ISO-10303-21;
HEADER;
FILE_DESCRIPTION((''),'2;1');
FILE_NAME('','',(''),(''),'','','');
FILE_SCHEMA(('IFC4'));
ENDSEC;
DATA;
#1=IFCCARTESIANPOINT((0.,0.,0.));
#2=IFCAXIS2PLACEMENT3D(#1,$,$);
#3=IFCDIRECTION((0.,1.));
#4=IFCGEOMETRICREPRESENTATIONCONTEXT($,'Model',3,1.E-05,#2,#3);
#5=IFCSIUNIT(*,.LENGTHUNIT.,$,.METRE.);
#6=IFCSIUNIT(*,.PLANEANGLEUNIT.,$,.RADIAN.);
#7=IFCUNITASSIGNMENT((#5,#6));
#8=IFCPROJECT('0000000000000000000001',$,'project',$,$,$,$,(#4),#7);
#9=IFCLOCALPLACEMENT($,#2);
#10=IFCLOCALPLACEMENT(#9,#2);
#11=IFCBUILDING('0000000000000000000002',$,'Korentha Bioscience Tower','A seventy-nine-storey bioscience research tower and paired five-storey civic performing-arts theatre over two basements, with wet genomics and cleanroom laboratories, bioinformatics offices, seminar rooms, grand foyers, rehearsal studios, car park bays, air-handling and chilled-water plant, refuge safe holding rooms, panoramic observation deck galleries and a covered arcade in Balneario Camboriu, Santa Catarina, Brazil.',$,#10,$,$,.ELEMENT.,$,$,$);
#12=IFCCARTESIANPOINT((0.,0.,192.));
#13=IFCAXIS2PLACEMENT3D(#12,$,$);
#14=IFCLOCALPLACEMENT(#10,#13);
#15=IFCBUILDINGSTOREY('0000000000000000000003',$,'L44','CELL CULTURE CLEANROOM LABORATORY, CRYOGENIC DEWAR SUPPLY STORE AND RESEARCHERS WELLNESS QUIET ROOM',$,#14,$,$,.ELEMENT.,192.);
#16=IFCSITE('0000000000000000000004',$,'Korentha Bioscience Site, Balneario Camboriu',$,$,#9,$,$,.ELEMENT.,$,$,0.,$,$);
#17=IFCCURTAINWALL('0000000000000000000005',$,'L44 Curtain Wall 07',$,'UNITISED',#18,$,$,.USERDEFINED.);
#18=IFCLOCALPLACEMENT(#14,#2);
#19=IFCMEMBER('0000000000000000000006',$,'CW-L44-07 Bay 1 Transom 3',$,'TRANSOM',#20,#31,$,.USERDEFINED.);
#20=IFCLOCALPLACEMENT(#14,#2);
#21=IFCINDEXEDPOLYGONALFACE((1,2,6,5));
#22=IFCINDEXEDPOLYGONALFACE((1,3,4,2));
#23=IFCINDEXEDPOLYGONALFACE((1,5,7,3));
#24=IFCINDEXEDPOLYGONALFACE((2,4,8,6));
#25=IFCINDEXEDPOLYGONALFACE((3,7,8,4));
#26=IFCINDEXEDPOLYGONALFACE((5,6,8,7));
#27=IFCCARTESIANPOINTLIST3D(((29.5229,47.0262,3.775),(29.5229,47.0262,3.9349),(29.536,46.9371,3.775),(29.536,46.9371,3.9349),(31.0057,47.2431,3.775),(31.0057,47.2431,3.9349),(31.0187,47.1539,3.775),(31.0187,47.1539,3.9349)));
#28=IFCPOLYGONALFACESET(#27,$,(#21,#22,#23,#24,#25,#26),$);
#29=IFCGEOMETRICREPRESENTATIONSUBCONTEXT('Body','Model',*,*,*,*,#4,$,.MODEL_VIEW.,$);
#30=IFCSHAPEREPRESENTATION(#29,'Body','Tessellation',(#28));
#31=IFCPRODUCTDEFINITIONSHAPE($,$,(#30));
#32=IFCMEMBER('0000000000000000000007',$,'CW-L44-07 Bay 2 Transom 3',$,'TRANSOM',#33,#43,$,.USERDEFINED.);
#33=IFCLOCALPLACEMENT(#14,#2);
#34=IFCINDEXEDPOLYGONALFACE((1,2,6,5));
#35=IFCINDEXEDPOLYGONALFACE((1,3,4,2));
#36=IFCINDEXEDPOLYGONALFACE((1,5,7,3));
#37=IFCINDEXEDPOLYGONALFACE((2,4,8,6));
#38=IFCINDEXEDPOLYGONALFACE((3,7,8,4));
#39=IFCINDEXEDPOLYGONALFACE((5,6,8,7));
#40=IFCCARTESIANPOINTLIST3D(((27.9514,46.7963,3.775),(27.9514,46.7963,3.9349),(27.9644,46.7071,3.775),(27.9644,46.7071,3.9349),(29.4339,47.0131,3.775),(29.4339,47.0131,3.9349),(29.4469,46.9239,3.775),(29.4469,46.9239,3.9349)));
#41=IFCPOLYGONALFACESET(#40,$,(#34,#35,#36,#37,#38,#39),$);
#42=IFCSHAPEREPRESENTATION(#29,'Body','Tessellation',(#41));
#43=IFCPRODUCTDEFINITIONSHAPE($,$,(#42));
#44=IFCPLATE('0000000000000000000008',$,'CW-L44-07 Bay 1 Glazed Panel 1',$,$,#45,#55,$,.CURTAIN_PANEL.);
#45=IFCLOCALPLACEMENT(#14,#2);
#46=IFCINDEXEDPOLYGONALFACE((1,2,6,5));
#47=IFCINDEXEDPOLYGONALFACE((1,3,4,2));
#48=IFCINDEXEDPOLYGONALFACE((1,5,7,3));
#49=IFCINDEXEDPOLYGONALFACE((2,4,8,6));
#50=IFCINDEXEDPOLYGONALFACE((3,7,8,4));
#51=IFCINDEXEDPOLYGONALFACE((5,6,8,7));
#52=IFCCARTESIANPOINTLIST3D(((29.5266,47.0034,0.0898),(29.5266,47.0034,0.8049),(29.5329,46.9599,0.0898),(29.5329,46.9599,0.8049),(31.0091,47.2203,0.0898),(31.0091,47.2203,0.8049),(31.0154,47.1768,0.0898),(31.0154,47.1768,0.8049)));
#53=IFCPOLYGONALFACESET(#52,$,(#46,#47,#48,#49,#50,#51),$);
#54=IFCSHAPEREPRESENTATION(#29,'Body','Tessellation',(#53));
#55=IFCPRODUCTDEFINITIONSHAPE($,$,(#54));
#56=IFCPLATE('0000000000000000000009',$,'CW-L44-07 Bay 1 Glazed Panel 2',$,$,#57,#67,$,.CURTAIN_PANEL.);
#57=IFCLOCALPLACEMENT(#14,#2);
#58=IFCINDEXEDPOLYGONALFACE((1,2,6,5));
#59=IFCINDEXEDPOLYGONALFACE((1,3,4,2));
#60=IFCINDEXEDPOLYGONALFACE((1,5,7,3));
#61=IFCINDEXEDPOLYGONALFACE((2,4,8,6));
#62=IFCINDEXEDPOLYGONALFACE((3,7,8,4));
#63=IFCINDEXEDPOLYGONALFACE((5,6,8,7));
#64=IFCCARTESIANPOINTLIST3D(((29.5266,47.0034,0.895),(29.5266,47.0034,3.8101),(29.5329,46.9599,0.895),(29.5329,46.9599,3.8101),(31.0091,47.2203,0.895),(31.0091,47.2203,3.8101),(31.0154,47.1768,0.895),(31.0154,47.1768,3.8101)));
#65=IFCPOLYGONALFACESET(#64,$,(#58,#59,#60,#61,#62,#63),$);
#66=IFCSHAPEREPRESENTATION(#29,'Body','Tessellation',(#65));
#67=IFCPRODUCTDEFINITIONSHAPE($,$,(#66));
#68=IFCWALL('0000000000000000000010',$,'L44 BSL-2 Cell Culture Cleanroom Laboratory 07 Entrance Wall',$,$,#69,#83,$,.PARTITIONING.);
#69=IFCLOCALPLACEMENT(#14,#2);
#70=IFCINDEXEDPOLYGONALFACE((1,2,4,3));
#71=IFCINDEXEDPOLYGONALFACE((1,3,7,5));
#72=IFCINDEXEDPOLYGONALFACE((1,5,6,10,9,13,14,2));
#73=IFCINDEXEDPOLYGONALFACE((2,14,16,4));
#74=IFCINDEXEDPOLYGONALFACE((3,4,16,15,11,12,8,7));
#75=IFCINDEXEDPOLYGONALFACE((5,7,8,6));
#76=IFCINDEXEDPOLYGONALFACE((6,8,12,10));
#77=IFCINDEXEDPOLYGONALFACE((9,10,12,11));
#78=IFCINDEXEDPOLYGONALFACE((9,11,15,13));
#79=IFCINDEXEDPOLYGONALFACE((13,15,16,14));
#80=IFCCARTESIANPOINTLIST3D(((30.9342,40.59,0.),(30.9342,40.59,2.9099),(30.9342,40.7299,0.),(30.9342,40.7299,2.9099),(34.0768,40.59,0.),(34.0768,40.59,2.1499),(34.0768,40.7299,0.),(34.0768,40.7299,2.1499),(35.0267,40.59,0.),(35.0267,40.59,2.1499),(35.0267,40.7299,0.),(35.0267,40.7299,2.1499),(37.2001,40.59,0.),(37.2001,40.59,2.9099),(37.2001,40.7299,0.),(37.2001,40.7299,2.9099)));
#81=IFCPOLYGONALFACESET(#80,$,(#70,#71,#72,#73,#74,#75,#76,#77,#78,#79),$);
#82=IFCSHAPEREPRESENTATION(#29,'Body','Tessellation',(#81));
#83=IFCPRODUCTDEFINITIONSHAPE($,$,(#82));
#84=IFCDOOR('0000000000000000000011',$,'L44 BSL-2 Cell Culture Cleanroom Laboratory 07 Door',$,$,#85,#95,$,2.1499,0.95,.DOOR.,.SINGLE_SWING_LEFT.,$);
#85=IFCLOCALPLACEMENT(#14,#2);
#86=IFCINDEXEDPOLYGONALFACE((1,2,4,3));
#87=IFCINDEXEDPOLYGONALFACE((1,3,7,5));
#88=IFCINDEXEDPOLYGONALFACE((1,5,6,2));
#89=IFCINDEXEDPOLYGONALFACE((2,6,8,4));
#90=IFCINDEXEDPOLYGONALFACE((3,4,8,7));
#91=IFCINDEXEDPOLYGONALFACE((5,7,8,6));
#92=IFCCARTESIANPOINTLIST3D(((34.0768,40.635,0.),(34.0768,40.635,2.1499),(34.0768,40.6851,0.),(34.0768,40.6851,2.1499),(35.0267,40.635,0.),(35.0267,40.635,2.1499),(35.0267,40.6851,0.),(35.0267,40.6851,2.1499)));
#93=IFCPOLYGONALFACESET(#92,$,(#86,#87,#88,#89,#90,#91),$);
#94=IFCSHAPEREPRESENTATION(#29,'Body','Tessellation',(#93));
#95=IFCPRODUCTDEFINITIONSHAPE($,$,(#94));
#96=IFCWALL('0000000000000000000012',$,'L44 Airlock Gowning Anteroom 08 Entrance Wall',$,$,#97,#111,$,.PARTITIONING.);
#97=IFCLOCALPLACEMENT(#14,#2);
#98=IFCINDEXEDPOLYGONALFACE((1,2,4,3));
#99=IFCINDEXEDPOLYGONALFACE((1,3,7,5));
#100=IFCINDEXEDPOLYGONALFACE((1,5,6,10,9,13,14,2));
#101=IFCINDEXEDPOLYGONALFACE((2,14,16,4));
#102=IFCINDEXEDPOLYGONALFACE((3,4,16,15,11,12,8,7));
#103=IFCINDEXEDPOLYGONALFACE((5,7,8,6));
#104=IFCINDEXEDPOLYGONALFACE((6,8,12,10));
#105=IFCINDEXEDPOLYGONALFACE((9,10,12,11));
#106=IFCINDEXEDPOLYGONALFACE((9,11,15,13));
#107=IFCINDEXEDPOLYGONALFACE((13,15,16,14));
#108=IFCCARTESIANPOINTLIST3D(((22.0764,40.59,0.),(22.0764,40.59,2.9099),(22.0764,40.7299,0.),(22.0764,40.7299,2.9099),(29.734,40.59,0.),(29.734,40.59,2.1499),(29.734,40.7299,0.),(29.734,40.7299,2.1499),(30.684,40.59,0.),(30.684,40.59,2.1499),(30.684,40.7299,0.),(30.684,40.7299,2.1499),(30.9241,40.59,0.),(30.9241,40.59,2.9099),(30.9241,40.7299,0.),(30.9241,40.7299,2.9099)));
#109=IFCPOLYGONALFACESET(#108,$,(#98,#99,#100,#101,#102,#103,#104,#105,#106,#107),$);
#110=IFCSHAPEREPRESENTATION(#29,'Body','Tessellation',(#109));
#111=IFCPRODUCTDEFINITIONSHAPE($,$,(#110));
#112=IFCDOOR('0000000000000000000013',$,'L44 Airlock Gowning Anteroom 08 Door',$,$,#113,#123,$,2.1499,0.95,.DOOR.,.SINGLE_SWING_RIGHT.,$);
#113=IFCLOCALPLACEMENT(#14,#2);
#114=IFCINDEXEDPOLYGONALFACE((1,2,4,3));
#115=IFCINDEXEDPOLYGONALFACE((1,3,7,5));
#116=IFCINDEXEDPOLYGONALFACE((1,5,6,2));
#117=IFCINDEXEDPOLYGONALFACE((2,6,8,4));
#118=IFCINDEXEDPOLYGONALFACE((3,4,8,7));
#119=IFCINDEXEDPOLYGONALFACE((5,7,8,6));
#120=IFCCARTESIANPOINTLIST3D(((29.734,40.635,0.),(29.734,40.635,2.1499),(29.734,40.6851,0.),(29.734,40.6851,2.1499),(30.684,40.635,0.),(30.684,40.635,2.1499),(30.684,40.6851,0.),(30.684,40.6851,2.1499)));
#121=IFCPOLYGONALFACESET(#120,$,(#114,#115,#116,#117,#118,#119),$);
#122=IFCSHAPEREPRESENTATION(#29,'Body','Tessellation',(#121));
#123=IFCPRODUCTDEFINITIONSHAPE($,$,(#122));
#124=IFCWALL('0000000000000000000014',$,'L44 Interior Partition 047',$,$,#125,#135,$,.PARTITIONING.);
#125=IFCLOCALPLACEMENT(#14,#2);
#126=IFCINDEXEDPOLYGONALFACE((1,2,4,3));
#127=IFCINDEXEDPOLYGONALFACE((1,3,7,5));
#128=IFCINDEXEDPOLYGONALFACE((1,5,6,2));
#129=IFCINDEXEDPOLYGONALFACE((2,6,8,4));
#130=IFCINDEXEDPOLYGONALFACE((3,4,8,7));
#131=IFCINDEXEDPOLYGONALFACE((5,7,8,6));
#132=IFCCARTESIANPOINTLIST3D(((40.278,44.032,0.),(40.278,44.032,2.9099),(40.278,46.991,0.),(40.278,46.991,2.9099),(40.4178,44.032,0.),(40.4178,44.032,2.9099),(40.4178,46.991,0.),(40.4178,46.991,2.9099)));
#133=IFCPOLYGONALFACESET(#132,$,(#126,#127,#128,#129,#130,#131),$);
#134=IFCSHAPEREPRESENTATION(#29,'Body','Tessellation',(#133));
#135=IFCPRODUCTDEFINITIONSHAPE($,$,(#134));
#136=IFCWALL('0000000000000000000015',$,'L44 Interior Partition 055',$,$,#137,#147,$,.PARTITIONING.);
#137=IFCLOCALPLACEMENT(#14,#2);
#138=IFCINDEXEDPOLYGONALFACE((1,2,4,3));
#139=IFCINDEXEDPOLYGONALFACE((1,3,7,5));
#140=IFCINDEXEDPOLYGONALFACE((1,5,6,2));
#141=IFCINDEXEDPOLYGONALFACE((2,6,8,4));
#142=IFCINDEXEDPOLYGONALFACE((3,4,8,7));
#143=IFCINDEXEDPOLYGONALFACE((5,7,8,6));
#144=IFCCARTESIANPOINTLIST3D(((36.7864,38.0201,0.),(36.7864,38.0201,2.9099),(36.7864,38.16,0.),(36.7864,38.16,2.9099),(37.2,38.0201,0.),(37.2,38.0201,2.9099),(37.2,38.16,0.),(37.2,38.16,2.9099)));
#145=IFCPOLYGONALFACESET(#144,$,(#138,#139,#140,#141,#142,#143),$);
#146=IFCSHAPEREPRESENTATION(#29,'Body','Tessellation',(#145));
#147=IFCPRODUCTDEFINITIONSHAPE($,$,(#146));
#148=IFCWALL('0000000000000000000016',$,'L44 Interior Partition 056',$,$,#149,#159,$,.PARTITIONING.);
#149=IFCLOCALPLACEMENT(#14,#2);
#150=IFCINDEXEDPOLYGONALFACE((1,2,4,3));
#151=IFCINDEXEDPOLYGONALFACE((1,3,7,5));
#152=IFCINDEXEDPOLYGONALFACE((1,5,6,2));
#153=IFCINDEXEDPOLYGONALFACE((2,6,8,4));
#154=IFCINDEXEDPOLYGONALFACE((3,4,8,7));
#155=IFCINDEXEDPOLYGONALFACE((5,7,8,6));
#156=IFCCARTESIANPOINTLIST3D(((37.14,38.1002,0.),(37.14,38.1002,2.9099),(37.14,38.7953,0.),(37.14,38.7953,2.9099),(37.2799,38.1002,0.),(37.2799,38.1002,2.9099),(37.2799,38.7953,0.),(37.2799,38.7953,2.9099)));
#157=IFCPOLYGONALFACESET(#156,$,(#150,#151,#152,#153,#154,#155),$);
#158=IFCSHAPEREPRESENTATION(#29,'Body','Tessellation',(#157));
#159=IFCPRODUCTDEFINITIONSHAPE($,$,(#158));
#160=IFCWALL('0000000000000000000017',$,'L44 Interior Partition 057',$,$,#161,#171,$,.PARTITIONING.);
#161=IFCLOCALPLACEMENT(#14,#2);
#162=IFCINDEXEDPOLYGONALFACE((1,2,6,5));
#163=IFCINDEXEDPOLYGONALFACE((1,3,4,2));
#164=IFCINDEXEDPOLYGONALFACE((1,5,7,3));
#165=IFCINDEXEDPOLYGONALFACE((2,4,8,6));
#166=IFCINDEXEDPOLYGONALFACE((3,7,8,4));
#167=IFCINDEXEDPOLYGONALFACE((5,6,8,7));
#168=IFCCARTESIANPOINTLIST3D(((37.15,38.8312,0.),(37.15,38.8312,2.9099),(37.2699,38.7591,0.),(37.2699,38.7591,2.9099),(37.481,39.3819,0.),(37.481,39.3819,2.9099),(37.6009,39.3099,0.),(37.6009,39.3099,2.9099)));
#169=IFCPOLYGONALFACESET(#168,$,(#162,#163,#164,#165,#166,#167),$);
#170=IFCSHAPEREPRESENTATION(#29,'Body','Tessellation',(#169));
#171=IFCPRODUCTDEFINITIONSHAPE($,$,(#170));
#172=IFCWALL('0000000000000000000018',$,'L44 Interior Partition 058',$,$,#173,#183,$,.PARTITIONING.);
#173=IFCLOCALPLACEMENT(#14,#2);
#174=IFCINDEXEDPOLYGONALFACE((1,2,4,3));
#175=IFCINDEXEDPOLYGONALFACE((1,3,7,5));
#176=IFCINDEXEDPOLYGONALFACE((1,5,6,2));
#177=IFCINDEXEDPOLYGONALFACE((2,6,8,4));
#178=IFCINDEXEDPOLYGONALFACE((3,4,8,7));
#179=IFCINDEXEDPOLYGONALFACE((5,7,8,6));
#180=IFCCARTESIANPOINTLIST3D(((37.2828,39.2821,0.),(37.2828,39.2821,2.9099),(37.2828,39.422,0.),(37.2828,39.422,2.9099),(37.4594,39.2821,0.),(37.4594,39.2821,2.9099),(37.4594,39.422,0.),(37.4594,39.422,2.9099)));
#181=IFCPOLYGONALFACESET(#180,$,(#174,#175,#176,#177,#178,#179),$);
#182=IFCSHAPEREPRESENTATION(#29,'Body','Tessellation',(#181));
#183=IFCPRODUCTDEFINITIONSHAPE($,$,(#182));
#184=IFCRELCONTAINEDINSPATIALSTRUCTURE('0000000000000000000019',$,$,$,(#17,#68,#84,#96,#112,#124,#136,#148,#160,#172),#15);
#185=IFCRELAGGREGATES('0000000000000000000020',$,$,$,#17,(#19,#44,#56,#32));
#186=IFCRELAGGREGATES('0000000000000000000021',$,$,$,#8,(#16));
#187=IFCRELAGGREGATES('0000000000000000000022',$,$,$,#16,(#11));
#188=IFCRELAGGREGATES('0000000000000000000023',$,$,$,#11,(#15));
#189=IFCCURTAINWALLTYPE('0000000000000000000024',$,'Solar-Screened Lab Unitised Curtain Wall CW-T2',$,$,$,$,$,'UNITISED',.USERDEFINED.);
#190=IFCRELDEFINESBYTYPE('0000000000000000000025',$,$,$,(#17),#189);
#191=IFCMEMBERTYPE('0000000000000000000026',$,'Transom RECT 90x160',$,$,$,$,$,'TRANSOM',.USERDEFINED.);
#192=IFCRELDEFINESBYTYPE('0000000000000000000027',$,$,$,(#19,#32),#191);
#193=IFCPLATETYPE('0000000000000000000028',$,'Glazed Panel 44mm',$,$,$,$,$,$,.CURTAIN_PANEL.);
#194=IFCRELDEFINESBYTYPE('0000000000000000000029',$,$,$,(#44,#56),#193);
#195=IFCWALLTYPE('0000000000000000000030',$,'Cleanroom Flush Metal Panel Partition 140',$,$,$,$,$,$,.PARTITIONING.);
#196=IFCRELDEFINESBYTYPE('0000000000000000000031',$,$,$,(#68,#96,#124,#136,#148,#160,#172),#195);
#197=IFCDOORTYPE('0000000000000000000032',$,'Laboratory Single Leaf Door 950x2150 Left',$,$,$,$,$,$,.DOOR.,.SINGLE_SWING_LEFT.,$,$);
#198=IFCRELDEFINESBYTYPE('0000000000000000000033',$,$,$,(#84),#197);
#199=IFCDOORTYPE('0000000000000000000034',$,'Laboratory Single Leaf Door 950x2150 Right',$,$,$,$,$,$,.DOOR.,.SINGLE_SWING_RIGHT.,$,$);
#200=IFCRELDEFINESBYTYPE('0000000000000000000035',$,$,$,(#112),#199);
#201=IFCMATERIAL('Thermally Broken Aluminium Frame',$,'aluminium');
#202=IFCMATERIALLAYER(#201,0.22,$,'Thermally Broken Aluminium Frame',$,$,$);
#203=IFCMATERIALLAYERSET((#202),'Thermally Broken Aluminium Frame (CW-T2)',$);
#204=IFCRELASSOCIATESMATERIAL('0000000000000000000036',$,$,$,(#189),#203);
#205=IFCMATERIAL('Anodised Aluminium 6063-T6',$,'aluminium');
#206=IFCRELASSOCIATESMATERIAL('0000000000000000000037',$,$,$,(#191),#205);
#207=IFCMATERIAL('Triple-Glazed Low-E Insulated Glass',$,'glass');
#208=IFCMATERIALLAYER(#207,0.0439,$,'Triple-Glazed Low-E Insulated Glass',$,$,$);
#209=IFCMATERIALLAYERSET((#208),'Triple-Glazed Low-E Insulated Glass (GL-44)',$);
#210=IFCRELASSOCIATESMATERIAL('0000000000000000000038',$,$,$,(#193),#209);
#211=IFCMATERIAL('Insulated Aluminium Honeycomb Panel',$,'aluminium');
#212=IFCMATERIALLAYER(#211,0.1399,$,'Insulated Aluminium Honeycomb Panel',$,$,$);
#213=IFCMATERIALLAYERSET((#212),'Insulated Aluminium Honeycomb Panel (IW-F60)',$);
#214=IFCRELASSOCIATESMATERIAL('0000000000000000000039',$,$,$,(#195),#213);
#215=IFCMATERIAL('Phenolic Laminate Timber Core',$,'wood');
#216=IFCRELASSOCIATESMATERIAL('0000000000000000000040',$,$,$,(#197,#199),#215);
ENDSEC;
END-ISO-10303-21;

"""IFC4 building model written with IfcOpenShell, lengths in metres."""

from ifc_helpers import new_model, si_unit, direction, frame, frame_2d, origin, origin_2d, place, context, subcontext, project, spatial, rectangle, extrude, material, layer, layer_set, material_profile, profile_set, type_object, element, fill, aggregate, save


model = new_model("IFC4")

# Units and contexts
model_context = context("Model", 3, precision=1e-05, world=origin(), true_north=direction((0.0, 1.0)))
body_context = subcontext(model_context, "Body", "Model", "MODEL_VIEW")
ifc_project = project(units=[si_unit("LENGTHUNIT", "METRE"), si_unit("PLANEANGLEUNIT", "RADIAN")], contexts=[model_context])

# Site, building, storey
site_placement = place(None, origin())
site = spatial("IfcSite", under=ifc_project, at=site_placement, Name="Korentha Bioscience Site, Balneario Camboriu", CompositionType="ELEMENT", RefElevation=0.0)
building_placement = place(site_placement, origin())
building = spatial("IfcBuilding", under=site, at=building_placement, Name="Korentha Bioscience Tower", Description="A seventy-nine-storey bioscience research tower and paired five-storey civic performing-arts theatre over two basements, with wet genomics and cleanroom laboratories, bioinformatics offices, seminar rooms, grand foyers, rehearsal studios, car park bays, air-handling and chilled-water plant, refuge safe holding rooms, panoramic observation deck galleries and a covered arcade in Balneario Camboriu, Santa Catarina, Brazil.", CompositionType="ELEMENT")
storey_placement = place(building_placement, frame((0.0, 0.0, 192.0)))
storey = spatial("IfcBuildingStorey", under=building, at=storey_placement, Name="L44", Description="CELL CULTURE CLEANROOM LABORATORY, CRYOGENIC DEWAR SUPPLY STORE AND RESEARCHERS WELLNESS QUIET ROOM", CompositionType="ELEMENT", Elevation=192.0)

# Curtain wall
ifc_material_1 = material(Name="Thermally Broken Aluminium Frame", Category="aluminium")
ifc_layer_1 = layer(ifc_material_1, 0.22, Name="Thermally Broken Aluminium Frame")
ifc_layer_set_1 = layer_set([ifc_layer_1], Name="Thermally Broken Aluminium Frame (CW-T2)")
curtain_wall_type = type_object("IfcCurtainWallType", Name="Solar-Screened Lab Unitised Curtain Wall CW-T2", ElementType="UNITISED", PredefinedType="USERDEFINED", material=ifc_layer_set_1)
curtain_wall_placement = place(storey_placement, origin())
curtain_wall = element("IfcCurtainWall", 1, at=curtain_wall_placement, inside=storey, type_object=curtain_wall_type, Name="L44 Curtain Wall 07", ObjectType="UNITISED", PredefinedType="USERDEFINED")
ifc_material_2 = material(Name="Anodised Aluminium 6063-T6", Category="aluminium")

# Members
ifc_material_profile_1 = material_profile(ifc_material_2, rectangle(XDim=0.0901, YDim=0.1599, at=origin_2d()), Name="Anodised Aluminium 6063-T6")
ifc_profile_set_1 = profile_set([ifc_material_profile_1], Name="Anodised Aluminium 6063-T6 (CW-TRN)")
member_type_1 = type_object("IfcMemberType", Name="Transom RECT 90x160", ElementType="TRANSOM", PredefinedType="USERDEFINED", material=ifc_profile_set_1)
member_1_placement = place(storey_placement, frame((31.0122, 47.1985, 3.855), z_axis=(-0.989478, -0.144682, 0.0), x_axis=(0.144682, -0.989478, 0.0)))
member_1 = element("IfcMember", 2, at=member_1_placement, type_object=member_type_1, Name="CW-L44-07 Bay 1 Transom 3", ObjectType="TRANSOM", PredefinedType="USERDEFINED", context=body_context, shape_type="SweptSolid", body=[
    extrude(rectangle(XDim=0.0901, YDim=0.1599, at=origin_2d()), origin(), (0.0, 0.0, 1.0), 1.4985),
])
member_2_placement = place(storey_placement, frame((29.4404, 46.9685, 3.855), z_axis=(-0.989475, -0.144706, 0.0), x_axis=(0.144706, -0.989475, 0.0)))
member_2 = element("IfcMember", 3, at=member_2_placement, type_object=member_type_1, Name="CW-L44-07 Bay 2 Transom 3", ObjectType="TRANSOM", PredefinedType="USERDEFINED", context=body_context, shape_type="SweptSolid", body=[
    extrude(rectangle(XDim=0.0901, YDim=0.1599, at=origin_2d()), origin(), (0.0, 0.0, 1.0), 1.4983),
])

# Plates
ifc_material_3 = material(Name="Triple-Glazed Low-E Insulated Glass", Category="glass")
ifc_layer_2 = layer(ifc_material_3, 0.0439, Name="Triple-Glazed Low-E Insulated Glass")
ifc_layer_set_2 = layer_set([ifc_layer_2], Name="Triple-Glazed Low-E Insulated Glass (GL-44)")
plate_type = type_object("IfcPlateType", Name="Glazed Panel 44mm", PredefinedType="CURTAIN_PANEL", material=ifc_layer_set_2)
plate_1_placement = place(storey_placement, frame((30.271, 47.0901, 0.0898), z_axis=(0.0, 0.0, 1.0), x_axis=(-0.989462, -0.144793, 0.0)))
plate_1 = element("IfcPlate", 4, at=plate_1_placement, type_object=plate_type, Name="CW-L44-07 Bay 1 Glazed Panel 1", PredefinedType="CURTAIN_PANEL", context=body_context, shape_type="SweptSolid", body=[
    extrude(rectangle(XDim=1.4983, YDim=0.0439, at=origin_2d()), origin(), (0.0, 0.0, 1.0), 0.7151),
])
plate_2_placement = place(storey_placement, frame((30.271, 47.0901, 0.895), z_axis=(0.0, 0.0, 1.0), x_axis=(-0.989462, -0.144793, 0.0)))
plate_2 = element("IfcPlate", 5, at=plate_2_placement, type_object=plate_type, Name="CW-L44-07 Bay 1 Glazed Panel 2", PredefinedType="CURTAIN_PANEL", context=body_context, shape_type="SweptSolid", body=[
    extrude(rectangle(XDim=1.4983, YDim=0.0439, at=origin_2d()), origin(), (0.0, 0.0, 1.0), 2.915),
])
aggregate(curtain_wall, [member_1, plate_1, plate_2, member_2])

# Walls, openings, doors
ifc_material_4 = material(Name="Insulated Aluminium Honeycomb Panel", Category="aluminium")
ifc_layer_3 = layer(ifc_material_4, 0.1399, Name="Insulated Aluminium Honeycomb Panel")
ifc_layer_set_3 = layer_set([ifc_layer_3], Name="Insulated Aluminium Honeycomb Panel (IW-F60)")
wall_type_1 = type_object("IfcWallType", Name="Cleanroom Flush Metal Panel Partition 140", PredefinedType="PARTITIONING", material=ifc_layer_set_3)
wall_1_placement = place(storey_placement, frame((37.2, 40.6599, 0.0), z_axis=(0.0, 0.0, 1.0), x_axis=(-1.0, 0.0, 0.0)))
wall_1 = element("IfcWall", 6, at=wall_1_placement, inside=storey, type_object=wall_type_1, Name="L44 BSL-2 Cell Culture Cleanroom Laboratory 07 Entrance Wall", PredefinedType="PARTITIONING", context=body_context, shape_type="SweptSolid", body=[
    extrude(rectangle(XDim=6.2659, YDim=0.1399, at=frame_2d((3.1328, 0.0))), origin(), (0.0, 0.0, 1.0), 2.9099),
])
opening_1_placement = place(wall_1_placement, frame((2.1731, 0.0, 0.0)))
opening_1 = element("IfcOpeningElement", 7, at=opening_1_placement, cuts=wall_1, PredefinedType="OPENING", context=body_context, shape_type="SweptSolid", body=[
    extrude(rectangle(XDim=0.95, YDim=2.1499, at=frame_2d((0.4751, 1.075))), frame((0.0, 0.085, 0.0), z_axis=(0.0, -1.0, 0.0), x_axis=(1.0, 0.0, 0.0)), (0.0, 0.0, 1.0), 0.1697),
])
ifc_material_5 = material(Name="Phenolic Laminate Timber Core", Category="wood")
door_type_1 = type_object("IfcDoorType", Name="Laboratory Single Leaf Door 950x2150 Left", OperationType="SINGLE_SWING_LEFT", PredefinedType="DOOR", material=ifc_material_5)
door_1_placement = place(opening_1_placement, origin())
door_1 = element("IfcDoor", 8, at=door_1_placement, inside=storey, type_object=door_type_1, Name="L44 BSL-2 Cell Culture Cleanroom Laboratory 07 Door", OperationType="SINGLE_SWING_LEFT", OverallHeight=2.1499, OverallWidth=0.95, PredefinedType="DOOR", context=body_context, shape_type="SweptSolid", body=[
    extrude(rectangle(XDim=0.95, YDim=2.1499, at=frame_2d((0.4751, 1.075))), frame((0.0, 0.0249, 0.0), z_axis=(0.0, -1.0, 0.0), x_axis=(1.0, 0.0, 0.0)), (0.0, 0.0, 1.0), 0.05),
])
fill(opening_1, door_1)
wall_2_placement = place(storey_placement, frame((30.9241, 40.6599, 0.0), z_axis=(0.0, 0.0, 1.0), x_axis=(-1.0, 0.0, 0.0)))
wall_2 = element("IfcWall", 9, at=wall_2_placement, inside=storey, type_object=wall_type_1, Name="L44 Airlock Gowning Anteroom 08 Entrance Wall", PredefinedType="PARTITIONING", context=body_context, shape_type="SweptSolid", body=[
    extrude(rectangle(XDim=8.8477, YDim=0.1399, at=frame_2d((4.4238, 0.0))), origin(), (0.0, 0.0, 1.0), 2.9099),
])
opening_2_placement = place(wall_2_placement, frame((0.24, 0.0, 0.0)))
opening_2 = element("IfcOpeningElement", 10, at=opening_2_placement, cuts=wall_2, PredefinedType="OPENING", context=body_context, shape_type="SweptSolid", body=[
    extrude(rectangle(XDim=0.95, YDim=2.1499, at=frame_2d((0.4751, 1.075))), frame((0.0, 0.085, 0.0), z_axis=(0.0, -1.0, 0.0), x_axis=(1.0, 0.0, 0.0)), (0.0, 0.0, 1.0), 0.1697),
])
door_type_2 = type_object("IfcDoorType", Name="Laboratory Single Leaf Door 950x2150 Right", OperationType="SINGLE_SWING_RIGHT", PredefinedType="DOOR", material=ifc_material_5)
door_2_placement = place(opening_2_placement, origin())
door_2 = element("IfcDoor", 11, at=door_2_placement, inside=storey, type_object=door_type_2, Name="L44 Airlock Gowning Anteroom 08 Door", OperationType="SINGLE_SWING_RIGHT", OverallHeight=2.1499, OverallWidth=0.95, PredefinedType="DOOR", context=body_context, shape_type="SweptSolid", body=[
    extrude(rectangle(XDim=0.95, YDim=2.1499, at=frame_2d((0.4751, 1.075))), frame((0.0, 0.0249, 0.0), z_axis=(0.0, -1.0, 0.0), x_axis=(1.0, 0.0, 0.0)), (0.0, 0.0, 1.0), 0.05),
])
fill(opening_2, door_2)

# Walls
wall_3_placement = place(storey_placement, frame((40.3479, 46.991, 0.0), z_axis=(0.0, 0.0, 1.0), x_axis=(0.0, -1.0, 0.0)))
element("IfcWall", 12, at=wall_3_placement, inside=storey, type_object=wall_type_1, Name="L44 Interior Partition 047", PredefinedType="PARTITIONING", context=body_context, shape_type="SweptSolid", body=[
    extrude(rectangle(XDim=2.959, YDim=0.1399, at=frame_2d((1.4795, 0.0))), origin(), (0.0, 0.0, 1.0), 2.9099),
])
wall_4_placement = place(storey_placement, frame((36.7864, 38.0901, 0.0), z_axis=(0.0, 0.0, 1.0), x_axis=(1.0, 0.0, 0.0)))
element("IfcWall", 13, at=wall_4_placement, inside=storey, type_object=wall_type_1, Name="L44 Interior Partition 055", PredefinedType="PARTITIONING", context=body_context, shape_type="SweptSolid", body=[
    extrude(rectangle(XDim=0.4136, YDim=0.1399, at=frame_2d((0.2068, 0.0))), origin(), (0.0, 0.0, 1.0), 2.9099),
])
wall_5_placement = place(storey_placement, frame((37.21, 38.1001, 0.0), z_axis=(0.0, 0.0, 1.0), x_axis=(0.0, 1.0, 0.0)))
element("IfcWall", 14, at=wall_5_placement, inside=storey, type_object=wall_type_1, Name="L44 Interior Partition 056", PredefinedType="PARTITIONING", context=body_context, shape_type="SweptSolid", body=[
    extrude(rectangle(XDim=0.6951, YDim=0.1399, at=frame_2d((0.3477, 0.0))), origin(), (0.0, 0.0, 1.0), 2.9099),
])
wall_6_placement = place(storey_placement, frame((37.21, 38.7952, 0.0), z_axis=(0.0, 0.0, 1.0), x_axis=(0.515166, 0.85709, 0.0)))
element("IfcWall", 15, at=wall_6_placement, inside=storey, type_object=wall_type_1, Name="L44 Interior Partition 057", PredefinedType="PARTITIONING", context=body_context, shape_type="SweptSolid", body=[
    extrude(rectangle(XDim=0.6426, YDim=0.1399, at=frame_2d((0.3213, 0.0))), origin(), (0.0, 0.0, 1.0), 2.9099),
])
wall_7_placement = place(storey_placement, frame((37.4595, 39.3521, 0.0), z_axis=(0.0, 0.0, 1.0), x_axis=(-1.0, 0.0, 0.0)))
element("IfcWall", 16, at=wall_7_placement, inside=storey, type_object=wall_type_1, Name="L44 Interior Partition 058", PredefinedType="PARTITIONING", context=body_context, shape_type="SweptSolid", body=[
    extrude(rectangle(XDim=0.1765, YDim=0.1399, at=frame_2d((0.0884, 0.0))), origin(), (0.0, 0.0, 1.0), 2.9099),
])

save(model, "model.ifc")
